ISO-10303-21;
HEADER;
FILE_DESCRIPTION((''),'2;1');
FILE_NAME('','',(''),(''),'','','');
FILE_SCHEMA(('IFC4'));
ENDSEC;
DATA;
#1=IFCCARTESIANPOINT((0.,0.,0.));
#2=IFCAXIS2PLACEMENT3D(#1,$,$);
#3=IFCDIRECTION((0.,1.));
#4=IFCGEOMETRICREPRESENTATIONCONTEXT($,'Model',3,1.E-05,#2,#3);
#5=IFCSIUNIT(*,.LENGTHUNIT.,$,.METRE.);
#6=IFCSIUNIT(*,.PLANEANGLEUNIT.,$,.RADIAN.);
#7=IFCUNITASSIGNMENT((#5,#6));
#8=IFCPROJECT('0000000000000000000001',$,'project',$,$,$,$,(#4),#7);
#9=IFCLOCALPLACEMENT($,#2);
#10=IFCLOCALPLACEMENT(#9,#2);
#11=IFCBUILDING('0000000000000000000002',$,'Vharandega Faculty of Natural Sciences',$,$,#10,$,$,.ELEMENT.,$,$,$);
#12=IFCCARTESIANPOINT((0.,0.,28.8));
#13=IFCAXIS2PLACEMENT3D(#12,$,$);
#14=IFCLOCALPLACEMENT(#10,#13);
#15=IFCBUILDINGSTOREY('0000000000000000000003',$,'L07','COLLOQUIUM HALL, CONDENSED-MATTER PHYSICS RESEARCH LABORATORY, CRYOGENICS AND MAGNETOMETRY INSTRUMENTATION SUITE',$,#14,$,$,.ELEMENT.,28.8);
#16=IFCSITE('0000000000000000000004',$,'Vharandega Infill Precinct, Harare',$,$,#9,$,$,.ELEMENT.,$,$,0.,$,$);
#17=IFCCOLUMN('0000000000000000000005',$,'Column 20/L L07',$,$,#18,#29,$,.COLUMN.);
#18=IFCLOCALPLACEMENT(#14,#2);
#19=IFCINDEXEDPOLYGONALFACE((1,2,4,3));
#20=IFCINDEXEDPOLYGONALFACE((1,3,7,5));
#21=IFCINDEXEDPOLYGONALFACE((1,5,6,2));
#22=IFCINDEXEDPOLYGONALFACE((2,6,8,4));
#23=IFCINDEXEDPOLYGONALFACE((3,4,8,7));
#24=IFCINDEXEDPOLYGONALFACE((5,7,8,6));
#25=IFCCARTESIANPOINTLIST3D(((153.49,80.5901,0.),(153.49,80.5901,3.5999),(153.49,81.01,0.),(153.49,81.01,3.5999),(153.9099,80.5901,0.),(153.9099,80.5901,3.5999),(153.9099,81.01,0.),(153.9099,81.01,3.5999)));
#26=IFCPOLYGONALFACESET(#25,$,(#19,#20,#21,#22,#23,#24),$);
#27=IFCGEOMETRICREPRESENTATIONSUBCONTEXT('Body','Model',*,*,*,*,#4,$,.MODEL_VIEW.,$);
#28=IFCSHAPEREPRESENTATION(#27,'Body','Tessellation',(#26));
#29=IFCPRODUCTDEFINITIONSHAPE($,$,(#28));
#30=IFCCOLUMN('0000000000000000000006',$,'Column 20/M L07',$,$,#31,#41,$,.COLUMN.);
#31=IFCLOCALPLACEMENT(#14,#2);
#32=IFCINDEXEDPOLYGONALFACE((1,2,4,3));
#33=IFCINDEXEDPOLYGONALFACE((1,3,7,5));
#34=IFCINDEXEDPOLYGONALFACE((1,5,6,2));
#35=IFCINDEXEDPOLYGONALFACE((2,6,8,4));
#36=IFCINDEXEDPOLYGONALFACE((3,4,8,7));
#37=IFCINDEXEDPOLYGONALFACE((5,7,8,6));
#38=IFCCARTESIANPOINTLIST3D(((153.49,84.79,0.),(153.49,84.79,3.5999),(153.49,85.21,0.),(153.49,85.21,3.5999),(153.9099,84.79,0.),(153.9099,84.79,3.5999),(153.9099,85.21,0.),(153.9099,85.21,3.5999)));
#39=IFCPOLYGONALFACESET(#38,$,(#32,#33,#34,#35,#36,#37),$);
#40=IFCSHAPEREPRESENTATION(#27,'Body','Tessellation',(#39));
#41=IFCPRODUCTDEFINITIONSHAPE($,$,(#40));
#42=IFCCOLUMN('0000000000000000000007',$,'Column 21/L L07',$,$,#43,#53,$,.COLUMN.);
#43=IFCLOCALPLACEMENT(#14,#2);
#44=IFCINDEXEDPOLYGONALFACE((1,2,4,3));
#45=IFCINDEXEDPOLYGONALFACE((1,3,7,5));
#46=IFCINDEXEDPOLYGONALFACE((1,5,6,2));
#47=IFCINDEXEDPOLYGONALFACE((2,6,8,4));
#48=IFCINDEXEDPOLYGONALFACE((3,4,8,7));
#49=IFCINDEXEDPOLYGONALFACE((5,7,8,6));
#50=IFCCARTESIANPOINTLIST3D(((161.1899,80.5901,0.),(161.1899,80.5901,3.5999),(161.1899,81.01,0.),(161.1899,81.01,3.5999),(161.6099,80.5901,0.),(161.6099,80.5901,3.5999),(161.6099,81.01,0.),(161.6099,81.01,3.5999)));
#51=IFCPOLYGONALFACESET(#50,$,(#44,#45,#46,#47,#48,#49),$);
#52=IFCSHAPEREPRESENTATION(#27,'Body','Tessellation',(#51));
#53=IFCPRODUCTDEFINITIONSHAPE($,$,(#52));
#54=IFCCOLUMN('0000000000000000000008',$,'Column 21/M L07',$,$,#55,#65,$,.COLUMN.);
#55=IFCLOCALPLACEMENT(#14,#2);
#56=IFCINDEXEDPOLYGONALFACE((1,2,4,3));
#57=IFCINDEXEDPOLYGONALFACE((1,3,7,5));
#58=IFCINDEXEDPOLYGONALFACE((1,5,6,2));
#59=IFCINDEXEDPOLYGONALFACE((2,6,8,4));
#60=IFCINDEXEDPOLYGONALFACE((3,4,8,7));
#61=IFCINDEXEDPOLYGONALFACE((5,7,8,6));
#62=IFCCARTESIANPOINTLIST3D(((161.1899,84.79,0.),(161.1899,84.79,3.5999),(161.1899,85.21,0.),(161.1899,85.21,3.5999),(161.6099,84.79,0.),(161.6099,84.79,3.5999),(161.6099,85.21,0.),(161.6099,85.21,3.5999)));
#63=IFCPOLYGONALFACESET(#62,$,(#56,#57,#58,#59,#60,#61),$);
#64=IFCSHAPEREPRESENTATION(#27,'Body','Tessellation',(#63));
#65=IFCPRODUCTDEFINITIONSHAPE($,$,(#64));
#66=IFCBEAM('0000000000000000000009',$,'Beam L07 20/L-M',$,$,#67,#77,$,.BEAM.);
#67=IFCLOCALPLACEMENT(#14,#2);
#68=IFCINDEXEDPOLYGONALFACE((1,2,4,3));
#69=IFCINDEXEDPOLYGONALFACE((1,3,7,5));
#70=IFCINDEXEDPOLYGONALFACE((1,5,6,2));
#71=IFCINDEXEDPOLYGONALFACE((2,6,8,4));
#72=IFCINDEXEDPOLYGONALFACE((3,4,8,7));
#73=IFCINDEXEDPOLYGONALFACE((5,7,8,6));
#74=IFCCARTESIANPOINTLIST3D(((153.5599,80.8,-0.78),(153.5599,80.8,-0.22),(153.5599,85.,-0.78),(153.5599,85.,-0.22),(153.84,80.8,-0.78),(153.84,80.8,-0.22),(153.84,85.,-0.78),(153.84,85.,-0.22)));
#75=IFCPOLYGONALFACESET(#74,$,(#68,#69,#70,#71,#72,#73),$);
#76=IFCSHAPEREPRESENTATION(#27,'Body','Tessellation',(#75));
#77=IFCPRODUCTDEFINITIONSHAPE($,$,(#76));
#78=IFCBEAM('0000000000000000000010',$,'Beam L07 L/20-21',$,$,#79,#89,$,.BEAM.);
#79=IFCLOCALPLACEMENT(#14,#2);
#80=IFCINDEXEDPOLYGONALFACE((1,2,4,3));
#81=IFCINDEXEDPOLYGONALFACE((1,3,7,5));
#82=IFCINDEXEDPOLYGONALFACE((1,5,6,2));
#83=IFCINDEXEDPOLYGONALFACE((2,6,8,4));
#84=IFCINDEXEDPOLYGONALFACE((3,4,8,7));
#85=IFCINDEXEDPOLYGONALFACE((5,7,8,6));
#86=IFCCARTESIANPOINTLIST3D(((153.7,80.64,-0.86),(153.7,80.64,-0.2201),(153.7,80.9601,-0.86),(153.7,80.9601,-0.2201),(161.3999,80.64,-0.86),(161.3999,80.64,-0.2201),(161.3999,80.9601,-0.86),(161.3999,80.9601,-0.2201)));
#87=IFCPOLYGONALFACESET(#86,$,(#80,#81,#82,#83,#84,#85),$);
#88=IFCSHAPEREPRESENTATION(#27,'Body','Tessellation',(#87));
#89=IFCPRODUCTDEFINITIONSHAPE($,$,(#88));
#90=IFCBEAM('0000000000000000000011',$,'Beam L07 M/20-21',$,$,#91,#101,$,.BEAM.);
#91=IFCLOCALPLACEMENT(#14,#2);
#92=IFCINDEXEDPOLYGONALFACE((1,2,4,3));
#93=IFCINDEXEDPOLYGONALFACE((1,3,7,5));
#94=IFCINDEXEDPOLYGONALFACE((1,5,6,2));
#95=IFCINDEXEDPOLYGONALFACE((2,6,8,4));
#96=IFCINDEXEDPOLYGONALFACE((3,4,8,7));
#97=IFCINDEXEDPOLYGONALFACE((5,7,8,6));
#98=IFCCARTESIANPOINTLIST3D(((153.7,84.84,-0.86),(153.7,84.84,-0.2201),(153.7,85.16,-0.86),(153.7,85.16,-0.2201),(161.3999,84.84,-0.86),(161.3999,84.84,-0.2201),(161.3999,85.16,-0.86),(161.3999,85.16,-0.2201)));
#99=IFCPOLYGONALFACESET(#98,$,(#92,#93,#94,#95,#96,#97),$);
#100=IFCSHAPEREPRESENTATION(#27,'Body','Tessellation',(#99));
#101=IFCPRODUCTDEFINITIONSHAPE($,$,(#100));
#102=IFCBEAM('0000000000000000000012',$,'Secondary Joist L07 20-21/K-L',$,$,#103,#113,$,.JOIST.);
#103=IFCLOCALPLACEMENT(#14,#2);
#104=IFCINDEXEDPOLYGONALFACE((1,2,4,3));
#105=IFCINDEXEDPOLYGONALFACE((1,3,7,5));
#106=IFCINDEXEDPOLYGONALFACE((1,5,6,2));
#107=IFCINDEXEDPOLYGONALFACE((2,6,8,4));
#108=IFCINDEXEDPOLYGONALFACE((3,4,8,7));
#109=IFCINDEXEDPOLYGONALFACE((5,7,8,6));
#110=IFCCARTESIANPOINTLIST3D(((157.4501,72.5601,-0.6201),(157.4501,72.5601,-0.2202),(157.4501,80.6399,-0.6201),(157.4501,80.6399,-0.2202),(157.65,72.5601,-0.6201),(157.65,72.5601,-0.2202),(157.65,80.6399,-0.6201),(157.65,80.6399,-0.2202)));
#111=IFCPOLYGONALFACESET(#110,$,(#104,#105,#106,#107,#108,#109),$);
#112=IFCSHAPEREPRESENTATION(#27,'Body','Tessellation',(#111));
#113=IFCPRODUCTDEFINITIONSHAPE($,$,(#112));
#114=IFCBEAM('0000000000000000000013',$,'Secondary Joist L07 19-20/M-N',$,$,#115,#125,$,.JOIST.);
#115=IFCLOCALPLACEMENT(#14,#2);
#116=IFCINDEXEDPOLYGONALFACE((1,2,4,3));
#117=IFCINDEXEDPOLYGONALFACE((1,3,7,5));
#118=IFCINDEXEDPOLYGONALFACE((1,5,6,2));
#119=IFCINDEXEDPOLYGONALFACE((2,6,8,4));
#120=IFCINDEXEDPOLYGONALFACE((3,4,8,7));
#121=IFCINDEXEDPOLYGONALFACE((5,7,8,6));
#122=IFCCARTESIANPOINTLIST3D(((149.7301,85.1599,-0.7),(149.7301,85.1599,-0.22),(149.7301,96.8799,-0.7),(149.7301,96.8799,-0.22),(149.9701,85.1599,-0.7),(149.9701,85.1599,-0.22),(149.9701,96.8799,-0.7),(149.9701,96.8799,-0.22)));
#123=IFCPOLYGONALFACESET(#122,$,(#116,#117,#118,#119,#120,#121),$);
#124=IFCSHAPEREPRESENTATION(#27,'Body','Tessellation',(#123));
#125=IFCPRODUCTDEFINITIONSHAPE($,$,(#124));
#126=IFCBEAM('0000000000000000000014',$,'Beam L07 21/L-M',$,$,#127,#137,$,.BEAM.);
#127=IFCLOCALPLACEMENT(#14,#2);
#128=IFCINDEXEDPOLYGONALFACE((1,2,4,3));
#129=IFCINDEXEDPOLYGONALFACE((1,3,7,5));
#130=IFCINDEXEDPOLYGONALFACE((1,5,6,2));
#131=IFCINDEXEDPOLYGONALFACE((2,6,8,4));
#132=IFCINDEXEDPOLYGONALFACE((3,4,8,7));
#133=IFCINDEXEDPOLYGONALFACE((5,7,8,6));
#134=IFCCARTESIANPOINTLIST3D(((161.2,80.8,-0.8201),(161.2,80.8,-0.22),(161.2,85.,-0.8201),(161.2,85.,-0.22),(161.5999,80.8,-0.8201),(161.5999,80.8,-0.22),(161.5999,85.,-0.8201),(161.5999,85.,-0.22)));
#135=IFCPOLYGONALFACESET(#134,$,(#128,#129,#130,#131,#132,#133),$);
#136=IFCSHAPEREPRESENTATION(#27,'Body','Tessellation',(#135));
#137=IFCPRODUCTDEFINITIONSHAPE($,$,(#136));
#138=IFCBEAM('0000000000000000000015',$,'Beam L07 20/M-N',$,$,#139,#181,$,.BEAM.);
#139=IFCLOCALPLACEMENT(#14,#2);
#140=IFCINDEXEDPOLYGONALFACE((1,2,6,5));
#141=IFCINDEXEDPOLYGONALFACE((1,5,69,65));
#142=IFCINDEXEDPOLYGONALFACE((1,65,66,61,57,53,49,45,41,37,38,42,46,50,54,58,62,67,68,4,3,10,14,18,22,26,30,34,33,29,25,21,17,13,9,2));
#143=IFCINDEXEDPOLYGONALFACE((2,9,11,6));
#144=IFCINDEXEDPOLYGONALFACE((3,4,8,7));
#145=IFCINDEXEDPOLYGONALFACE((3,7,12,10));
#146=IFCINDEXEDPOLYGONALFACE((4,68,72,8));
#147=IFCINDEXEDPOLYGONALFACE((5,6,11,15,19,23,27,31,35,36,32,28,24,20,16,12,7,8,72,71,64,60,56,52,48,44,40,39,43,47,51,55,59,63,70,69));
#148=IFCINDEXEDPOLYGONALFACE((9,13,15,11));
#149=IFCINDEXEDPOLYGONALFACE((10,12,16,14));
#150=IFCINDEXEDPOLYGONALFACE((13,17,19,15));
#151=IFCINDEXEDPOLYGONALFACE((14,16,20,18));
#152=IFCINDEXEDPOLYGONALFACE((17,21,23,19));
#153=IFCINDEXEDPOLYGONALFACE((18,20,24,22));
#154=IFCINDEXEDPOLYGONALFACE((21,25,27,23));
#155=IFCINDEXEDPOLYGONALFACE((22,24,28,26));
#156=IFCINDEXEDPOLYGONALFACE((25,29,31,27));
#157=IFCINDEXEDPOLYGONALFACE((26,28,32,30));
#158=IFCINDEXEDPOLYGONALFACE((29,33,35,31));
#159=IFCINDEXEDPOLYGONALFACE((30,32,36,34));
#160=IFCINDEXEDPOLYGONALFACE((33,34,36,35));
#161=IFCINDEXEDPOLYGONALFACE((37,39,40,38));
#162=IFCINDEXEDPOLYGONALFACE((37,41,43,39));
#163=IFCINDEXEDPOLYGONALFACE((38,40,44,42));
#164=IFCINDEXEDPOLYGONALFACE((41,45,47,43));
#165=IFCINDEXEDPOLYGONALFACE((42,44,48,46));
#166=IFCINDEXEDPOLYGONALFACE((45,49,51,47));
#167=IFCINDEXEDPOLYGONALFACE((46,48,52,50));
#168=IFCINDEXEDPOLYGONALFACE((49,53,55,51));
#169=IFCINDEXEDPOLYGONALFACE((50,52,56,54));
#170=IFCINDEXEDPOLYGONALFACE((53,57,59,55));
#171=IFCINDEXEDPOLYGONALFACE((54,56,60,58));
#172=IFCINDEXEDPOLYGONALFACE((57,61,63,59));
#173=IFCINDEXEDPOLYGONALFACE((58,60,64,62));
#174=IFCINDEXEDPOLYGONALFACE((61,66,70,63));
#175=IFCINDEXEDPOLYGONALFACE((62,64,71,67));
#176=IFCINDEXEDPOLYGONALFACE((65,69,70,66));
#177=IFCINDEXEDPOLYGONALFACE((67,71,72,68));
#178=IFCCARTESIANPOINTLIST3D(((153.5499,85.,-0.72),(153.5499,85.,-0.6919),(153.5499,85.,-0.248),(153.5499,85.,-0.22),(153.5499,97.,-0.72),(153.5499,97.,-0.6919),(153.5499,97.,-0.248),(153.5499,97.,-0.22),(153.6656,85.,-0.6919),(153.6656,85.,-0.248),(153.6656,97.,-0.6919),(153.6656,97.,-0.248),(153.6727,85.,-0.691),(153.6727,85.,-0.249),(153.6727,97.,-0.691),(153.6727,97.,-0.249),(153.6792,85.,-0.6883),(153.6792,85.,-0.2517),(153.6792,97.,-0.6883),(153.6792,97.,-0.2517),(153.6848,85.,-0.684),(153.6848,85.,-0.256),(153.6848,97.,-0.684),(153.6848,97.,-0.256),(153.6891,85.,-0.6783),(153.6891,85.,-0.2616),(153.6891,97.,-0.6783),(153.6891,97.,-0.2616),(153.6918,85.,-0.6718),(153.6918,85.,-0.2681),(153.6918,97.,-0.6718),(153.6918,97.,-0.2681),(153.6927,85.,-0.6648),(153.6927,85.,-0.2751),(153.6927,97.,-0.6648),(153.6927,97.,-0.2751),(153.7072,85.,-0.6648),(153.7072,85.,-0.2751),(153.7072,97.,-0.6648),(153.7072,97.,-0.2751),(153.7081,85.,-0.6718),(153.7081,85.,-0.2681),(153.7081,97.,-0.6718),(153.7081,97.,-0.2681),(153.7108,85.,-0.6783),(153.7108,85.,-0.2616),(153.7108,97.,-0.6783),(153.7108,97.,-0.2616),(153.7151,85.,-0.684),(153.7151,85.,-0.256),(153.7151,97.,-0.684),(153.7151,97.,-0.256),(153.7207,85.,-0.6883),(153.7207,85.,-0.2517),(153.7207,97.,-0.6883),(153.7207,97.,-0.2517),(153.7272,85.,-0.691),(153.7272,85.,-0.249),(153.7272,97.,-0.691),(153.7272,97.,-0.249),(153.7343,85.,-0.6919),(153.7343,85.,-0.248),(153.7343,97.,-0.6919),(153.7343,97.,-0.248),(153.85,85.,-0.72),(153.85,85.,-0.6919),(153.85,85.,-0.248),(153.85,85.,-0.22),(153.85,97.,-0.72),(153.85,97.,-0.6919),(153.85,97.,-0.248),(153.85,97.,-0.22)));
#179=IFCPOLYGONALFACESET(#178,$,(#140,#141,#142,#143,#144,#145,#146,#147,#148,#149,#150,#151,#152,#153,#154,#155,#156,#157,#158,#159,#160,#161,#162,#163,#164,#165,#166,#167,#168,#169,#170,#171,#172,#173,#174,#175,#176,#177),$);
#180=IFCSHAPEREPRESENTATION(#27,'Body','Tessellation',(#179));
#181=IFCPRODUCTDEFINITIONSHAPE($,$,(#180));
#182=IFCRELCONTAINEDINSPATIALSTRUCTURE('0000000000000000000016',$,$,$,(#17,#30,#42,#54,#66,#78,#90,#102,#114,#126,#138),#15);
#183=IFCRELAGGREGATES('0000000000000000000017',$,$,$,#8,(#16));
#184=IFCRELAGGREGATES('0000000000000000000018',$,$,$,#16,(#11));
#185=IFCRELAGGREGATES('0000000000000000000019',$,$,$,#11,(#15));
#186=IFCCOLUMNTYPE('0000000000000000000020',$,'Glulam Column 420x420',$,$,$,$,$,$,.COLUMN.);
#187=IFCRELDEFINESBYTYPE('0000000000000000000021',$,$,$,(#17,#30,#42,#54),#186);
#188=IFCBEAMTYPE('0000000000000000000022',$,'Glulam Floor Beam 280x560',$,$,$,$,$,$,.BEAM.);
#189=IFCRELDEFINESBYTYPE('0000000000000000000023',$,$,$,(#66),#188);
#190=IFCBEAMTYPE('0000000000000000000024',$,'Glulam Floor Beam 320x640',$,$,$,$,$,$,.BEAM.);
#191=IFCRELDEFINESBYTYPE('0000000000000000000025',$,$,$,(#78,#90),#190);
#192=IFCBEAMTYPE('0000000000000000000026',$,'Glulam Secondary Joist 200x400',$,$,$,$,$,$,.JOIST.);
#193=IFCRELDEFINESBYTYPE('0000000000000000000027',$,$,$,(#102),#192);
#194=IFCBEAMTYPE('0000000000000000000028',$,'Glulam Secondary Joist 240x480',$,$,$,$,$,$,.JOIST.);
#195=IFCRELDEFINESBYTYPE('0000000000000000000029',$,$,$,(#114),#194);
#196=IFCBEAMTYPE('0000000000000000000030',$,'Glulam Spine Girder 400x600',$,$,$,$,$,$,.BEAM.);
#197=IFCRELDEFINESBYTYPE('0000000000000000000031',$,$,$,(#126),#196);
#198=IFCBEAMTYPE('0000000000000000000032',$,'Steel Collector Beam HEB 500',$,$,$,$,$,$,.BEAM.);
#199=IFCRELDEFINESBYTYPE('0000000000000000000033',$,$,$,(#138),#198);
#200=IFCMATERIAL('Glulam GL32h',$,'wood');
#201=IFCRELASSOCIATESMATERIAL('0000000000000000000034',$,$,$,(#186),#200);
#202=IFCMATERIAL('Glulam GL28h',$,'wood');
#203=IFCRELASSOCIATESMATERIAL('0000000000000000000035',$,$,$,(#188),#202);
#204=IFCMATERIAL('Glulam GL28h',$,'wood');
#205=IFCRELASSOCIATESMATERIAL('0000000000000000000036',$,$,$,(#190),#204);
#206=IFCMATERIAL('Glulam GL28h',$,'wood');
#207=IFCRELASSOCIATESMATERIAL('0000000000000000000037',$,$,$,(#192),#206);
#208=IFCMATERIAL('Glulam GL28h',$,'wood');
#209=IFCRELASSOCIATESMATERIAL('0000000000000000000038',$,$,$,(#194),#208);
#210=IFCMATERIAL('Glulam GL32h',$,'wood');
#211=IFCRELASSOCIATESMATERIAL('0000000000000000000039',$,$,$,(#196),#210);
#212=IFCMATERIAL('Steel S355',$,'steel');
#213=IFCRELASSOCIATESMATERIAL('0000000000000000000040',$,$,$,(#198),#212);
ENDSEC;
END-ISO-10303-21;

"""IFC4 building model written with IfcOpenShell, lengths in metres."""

from ifc_helpers import new_model, si_unit, direction, frame, origin, origin_2d, place, context, subcontext, project, spatial, rectangle, i_section, extrude, material, material_profile, profile_set, type_object, element, save


model = new_model("IFC4")

# Units and contexts
model_context = context("Model", 3, precision=1e-05, world=origin(), true_north=direction((0.0, 1.0)))
body_context = subcontext(model_context, "Body", "Model", "MODEL_VIEW")
ifc_project = project(units=[si_unit("LENGTHUNIT", "METRE"), si_unit("PLANEANGLEUNIT", "RADIAN")], contexts=[model_context])

# Site, building, storey
site_placement = place(None, origin())
site = spatial("IfcSite", under=ifc_project, at=site_placement, Name="Vharandega Infill Precinct, Harare", CompositionType="ELEMENT", RefElevation=0.0)
building_placement = place(site_placement, origin())
building = spatial("IfcBuilding", under=site, at=building_placement, Name="Vharandega Faculty of Natural Sciences", CompositionType="ELEMENT")
storey_placement = place(building_placement, frame((0.0, 0.0, 28.8)))
storey = spatial("IfcBuildingStorey", under=building, at=storey_placement, Name="L07", Description="COLLOQUIUM HALL, CONDENSED-MATTER PHYSICS RESEARCH LABORATORY, CRYOGENICS AND MAGNETOMETRY INSTRUMENTATION SUITE", CompositionType="ELEMENT", Elevation=28.8)

# Columns
ifc_material_1 = material(Name="Glulam GL32h", Category="wood")
ifc_material_profile_1 = material_profile(ifc_material_1, rectangle(XDim=0.4199, YDim=0.4199, at=origin_2d()), Name="GL32h 420x420")
ifc_profile_set_1 = profile_set([ifc_material_profile_1], Name="Glulam GL32h")
column_type = type_object("IfcColumnType", Name="Glulam Column 420x420", PredefinedType="COLUMN", material=ifc_profile_set_1)
for number, where, z_axis, x_axis, name in (
    (1, (153.7, 80.8, 0.0), (0.0, 0.0, 1.0), (1.0, 0.0, 0.0), "Column 20/L L07"),
    (2, (153.7, 85.0, 0.0), (0.0, 0.0, 1.0), (1.0, 0.0, 0.0), "Column 20/M L07"),
    (3, (161.3999, 80.8, 0.0), (0.0, 0.0, 1.0), (1.0, 0.0, 0.0), "Column 21/L L07"),
    (4, (161.3999, 85.0, 0.0), (0.0, 0.0, 1.0), (1.0, 0.0, 0.0), "Column 21/M L07"),
):
    element("IfcColumn", number, at=place(storey_placement, frame(where, z_axis=z_axis, x_axis=x_axis)), inside=storey, type_object=column_type, Name=name, PredefinedType="COLUMN", context=body_context, shape_type="SweptSolid", body=[
        extrude(rectangle(XDim=0.4199, YDim=0.4199, at=origin_2d()), origin(), (0.0, 0.0, 1.0), 3.5999),
    ])

# Beams
ifc_material_2 = material(Name="Glulam GL28h", Category="wood")
ifc_material_profile_2 = material_profile(ifc_material_2, rectangle(XDim=0.28, YDim=0.5601, at=origin_2d()), Name="GL28h 280x560")
ifc_profile_set_2 = profile_set([ifc_material_profile_2], Name="Glulam GL28h")
beam_type_1 = type_object("IfcBeamType", Name="Glulam Floor Beam 280x560", PredefinedType="BEAM", material=ifc_profile_set_2)
beam_1_placement = place(storey_placement, frame((153.7, 80.8, -0.5), z_axis=(0.0, 1.0, 0.0), x_axis=(-1.0, 0.0, 0.0)))
element("IfcBeam", 5, at=beam_1_placement, inside=storey, type_object=beam_type_1, Name="Beam L07 20/L-M", PredefinedType="BEAM", context=body_context, shape_type="SweptSolid", body=[
    extrude(rectangle(XDim=0.28, YDim=0.5601, at=origin_2d()), origin(), (0.0, 0.0, 1.0), 4.2),
])
ifc_material_3 = material(Name="Glulam GL28h", Category="wood")
ifc_material_profile_3 = material_profile(ifc_material_3, rectangle(XDim=0.3201, YDim=0.6399, at=origin_2d()), Name="GL28h 320x640")
ifc_profile_set_3 = profile_set([ifc_material_profile_3], Name="Glulam GL28h")
beam_type_2 = type_object("IfcBeamType", Name="Glulam Floor Beam 320x640", PredefinedType="BEAM", material=ifc_profile_set_3)
for number, where, z_axis, x_axis, name in (
    (6, (153.7, 80.8, -0.54), (1.0, 0.0, 0.0), (0.0, 1.0, 0.0), "Beam L07 L/20-21"),
    (7, (153.7, 85.0, -0.54), (1.0, 0.0, 0.0), (0.0, 1.0, 0.0), "Beam L07 M/20-21"),
):
    element("IfcBeam", number, at=place(storey_placement, frame(where, z_axis=z_axis, x_axis=x_axis)), inside=storey, type_object=beam_type_2, Name=name, PredefinedType="BEAM", context=body_context, shape_type="SweptSolid", body=[
        extrude(rectangle(XDim=0.3201, YDim=0.6399, at=origin_2d()), origin(), (0.0, 0.0, 1.0), 7.7),
    ])
ifc_material_4 = material(Name="Glulam GL28h", Category="wood")
ifc_material_profile_4 = material_profile(ifc_material_4, rectangle(XDim=0.2, YDim=0.3999, at=origin_2d()), Name="GL28h 200x400")
ifc_profile_set_4 = profile_set([ifc_material_profile_4], Name="Glulam GL28h")
beam_type_3 = type_object("IfcBeamType", Name="Glulam Secondary Joist 200x400", PredefinedType="JOIST", material=ifc_profile_set_4)
beam_2_placement = place(storey_placement, frame((157.55, 72.5601, -0.4202), z_axis=(0.0, 1.0, 0.0), x_axis=(-1.0, 0.0, 0.0)))
element("IfcBeam", 8, at=beam_2_placement, inside=storey, type_object=beam_type_3, Name="Secondary Joist L07 20-21/K-L", PredefinedType="JOIST", context=body_context, shape_type="SweptSolid", body=[
    extrude(rectangle(XDim=0.2, YDim=0.3999, at=origin_2d()), origin(), (0.0, 0.0, 1.0), 8.0798),
])
ifc_material_5 = material(Name="Glulam GL28h", Category="wood")
ifc_material_profile_5 = material_profile(ifc_material_5, rectangle(XDim=0.24, YDim=0.48, at=origin_2d()), Name="GL28h 240x480")
ifc_profile_set_5 = profile_set([ifc_material_profile_5], Name="Glulam GL28h")
beam_type_4 = type_object("IfcBeamType", Name="Glulam Secondary Joist 240x480", PredefinedType="JOIST", material=ifc_profile_set_5)
beam_3_placement = place(storey_placement, frame((149.8501, 85.1599, -0.46), z_axis=(0.0, 1.0, 0.0), x_axis=(-1.0, 0.0, 0.0)))
element("IfcBeam", 9, at=beam_3_placement, inside=storey, type_object=beam_type_4, Name="Secondary Joist L07 19-20/M-N", PredefinedType="JOIST", context=body_context, shape_type="SweptSolid", body=[
    extrude(rectangle(XDim=0.24, YDim=0.48, at=origin_2d()), origin(), (0.0, 0.0, 1.0), 11.72),
])
ifc_material_6 = material(Name="Glulam GL32h", Category="wood")
ifc_material_profile_6 = material_profile(ifc_material_6, rectangle(XDim=0.3999, YDim=0.6001, at=origin_2d()), Name="GL32h 400x600")
ifc_profile_set_6 = profile_set([ifc_material_profile_6], Name="Glulam GL32h")
beam_type_5 = type_object("IfcBeamType", Name="Glulam Spine Girder 400x600", PredefinedType="BEAM", material=ifc_profile_set_6)
beam_4_placement = place(storey_placement, frame((161.3999, 80.8, -0.52), z_axis=(0.0, 1.0, 0.0), x_axis=(-1.0, 0.0, 0.0)))
element("IfcBeam", 10, at=beam_4_placement, inside=storey, type_object=beam_type_5, Name="Beam L07 21/L-M", PredefinedType="BEAM", context=body_context, shape_type="SweptSolid", body=[
    extrude(rectangle(XDim=0.3999, YDim=0.6001, at=origin_2d()), origin(), (0.0, 0.0, 1.0), 4.2),
])
ifc_material_7 = material(Name="Steel S355", Category="steel")
ifc_material_profile_7 = material_profile(ifc_material_7, i_section(OverallWidth=0.3, OverallDepth=0.5, WebThickness=0.0144, FlangeThickness=0.0281, FilletRadius=0.0271, at=origin_2d()), Name="HEB 500")
ifc_profile_set_7 = profile_set([ifc_material_profile_7], Name="Steel S355")
beam_type_6 = type_object("IfcBeamType", Name="Steel Collector Beam HEB 500", PredefinedType="BEAM", material=ifc_profile_set_7)
for number, where, z_axis, x_axis, name in (
    (11, (153.7, 85.0, -0.47), (0.0, 1.0, 0.0), (-1.0, 0.0, 0.0), "Beam L07 20/M-N"),
):
    element("IfcBeam", number, at=place(storey_placement, frame(where, z_axis=z_axis, x_axis=x_axis)), inside=storey, type_object=beam_type_6, Name=name, PredefinedType="BEAM", context=body_context, shape_type="SweptSolid", body=[
        extrude(i_section(OverallWidth=0.3, OverallDepth=0.5, WebThickness=0.0144, FlangeThickness=0.0281, FilletRadius=0.0271, at=origin_2d()), origin(), (0.0, 0.0, 1.0), 12.0),
    ])

save(model, "model.ifc")
